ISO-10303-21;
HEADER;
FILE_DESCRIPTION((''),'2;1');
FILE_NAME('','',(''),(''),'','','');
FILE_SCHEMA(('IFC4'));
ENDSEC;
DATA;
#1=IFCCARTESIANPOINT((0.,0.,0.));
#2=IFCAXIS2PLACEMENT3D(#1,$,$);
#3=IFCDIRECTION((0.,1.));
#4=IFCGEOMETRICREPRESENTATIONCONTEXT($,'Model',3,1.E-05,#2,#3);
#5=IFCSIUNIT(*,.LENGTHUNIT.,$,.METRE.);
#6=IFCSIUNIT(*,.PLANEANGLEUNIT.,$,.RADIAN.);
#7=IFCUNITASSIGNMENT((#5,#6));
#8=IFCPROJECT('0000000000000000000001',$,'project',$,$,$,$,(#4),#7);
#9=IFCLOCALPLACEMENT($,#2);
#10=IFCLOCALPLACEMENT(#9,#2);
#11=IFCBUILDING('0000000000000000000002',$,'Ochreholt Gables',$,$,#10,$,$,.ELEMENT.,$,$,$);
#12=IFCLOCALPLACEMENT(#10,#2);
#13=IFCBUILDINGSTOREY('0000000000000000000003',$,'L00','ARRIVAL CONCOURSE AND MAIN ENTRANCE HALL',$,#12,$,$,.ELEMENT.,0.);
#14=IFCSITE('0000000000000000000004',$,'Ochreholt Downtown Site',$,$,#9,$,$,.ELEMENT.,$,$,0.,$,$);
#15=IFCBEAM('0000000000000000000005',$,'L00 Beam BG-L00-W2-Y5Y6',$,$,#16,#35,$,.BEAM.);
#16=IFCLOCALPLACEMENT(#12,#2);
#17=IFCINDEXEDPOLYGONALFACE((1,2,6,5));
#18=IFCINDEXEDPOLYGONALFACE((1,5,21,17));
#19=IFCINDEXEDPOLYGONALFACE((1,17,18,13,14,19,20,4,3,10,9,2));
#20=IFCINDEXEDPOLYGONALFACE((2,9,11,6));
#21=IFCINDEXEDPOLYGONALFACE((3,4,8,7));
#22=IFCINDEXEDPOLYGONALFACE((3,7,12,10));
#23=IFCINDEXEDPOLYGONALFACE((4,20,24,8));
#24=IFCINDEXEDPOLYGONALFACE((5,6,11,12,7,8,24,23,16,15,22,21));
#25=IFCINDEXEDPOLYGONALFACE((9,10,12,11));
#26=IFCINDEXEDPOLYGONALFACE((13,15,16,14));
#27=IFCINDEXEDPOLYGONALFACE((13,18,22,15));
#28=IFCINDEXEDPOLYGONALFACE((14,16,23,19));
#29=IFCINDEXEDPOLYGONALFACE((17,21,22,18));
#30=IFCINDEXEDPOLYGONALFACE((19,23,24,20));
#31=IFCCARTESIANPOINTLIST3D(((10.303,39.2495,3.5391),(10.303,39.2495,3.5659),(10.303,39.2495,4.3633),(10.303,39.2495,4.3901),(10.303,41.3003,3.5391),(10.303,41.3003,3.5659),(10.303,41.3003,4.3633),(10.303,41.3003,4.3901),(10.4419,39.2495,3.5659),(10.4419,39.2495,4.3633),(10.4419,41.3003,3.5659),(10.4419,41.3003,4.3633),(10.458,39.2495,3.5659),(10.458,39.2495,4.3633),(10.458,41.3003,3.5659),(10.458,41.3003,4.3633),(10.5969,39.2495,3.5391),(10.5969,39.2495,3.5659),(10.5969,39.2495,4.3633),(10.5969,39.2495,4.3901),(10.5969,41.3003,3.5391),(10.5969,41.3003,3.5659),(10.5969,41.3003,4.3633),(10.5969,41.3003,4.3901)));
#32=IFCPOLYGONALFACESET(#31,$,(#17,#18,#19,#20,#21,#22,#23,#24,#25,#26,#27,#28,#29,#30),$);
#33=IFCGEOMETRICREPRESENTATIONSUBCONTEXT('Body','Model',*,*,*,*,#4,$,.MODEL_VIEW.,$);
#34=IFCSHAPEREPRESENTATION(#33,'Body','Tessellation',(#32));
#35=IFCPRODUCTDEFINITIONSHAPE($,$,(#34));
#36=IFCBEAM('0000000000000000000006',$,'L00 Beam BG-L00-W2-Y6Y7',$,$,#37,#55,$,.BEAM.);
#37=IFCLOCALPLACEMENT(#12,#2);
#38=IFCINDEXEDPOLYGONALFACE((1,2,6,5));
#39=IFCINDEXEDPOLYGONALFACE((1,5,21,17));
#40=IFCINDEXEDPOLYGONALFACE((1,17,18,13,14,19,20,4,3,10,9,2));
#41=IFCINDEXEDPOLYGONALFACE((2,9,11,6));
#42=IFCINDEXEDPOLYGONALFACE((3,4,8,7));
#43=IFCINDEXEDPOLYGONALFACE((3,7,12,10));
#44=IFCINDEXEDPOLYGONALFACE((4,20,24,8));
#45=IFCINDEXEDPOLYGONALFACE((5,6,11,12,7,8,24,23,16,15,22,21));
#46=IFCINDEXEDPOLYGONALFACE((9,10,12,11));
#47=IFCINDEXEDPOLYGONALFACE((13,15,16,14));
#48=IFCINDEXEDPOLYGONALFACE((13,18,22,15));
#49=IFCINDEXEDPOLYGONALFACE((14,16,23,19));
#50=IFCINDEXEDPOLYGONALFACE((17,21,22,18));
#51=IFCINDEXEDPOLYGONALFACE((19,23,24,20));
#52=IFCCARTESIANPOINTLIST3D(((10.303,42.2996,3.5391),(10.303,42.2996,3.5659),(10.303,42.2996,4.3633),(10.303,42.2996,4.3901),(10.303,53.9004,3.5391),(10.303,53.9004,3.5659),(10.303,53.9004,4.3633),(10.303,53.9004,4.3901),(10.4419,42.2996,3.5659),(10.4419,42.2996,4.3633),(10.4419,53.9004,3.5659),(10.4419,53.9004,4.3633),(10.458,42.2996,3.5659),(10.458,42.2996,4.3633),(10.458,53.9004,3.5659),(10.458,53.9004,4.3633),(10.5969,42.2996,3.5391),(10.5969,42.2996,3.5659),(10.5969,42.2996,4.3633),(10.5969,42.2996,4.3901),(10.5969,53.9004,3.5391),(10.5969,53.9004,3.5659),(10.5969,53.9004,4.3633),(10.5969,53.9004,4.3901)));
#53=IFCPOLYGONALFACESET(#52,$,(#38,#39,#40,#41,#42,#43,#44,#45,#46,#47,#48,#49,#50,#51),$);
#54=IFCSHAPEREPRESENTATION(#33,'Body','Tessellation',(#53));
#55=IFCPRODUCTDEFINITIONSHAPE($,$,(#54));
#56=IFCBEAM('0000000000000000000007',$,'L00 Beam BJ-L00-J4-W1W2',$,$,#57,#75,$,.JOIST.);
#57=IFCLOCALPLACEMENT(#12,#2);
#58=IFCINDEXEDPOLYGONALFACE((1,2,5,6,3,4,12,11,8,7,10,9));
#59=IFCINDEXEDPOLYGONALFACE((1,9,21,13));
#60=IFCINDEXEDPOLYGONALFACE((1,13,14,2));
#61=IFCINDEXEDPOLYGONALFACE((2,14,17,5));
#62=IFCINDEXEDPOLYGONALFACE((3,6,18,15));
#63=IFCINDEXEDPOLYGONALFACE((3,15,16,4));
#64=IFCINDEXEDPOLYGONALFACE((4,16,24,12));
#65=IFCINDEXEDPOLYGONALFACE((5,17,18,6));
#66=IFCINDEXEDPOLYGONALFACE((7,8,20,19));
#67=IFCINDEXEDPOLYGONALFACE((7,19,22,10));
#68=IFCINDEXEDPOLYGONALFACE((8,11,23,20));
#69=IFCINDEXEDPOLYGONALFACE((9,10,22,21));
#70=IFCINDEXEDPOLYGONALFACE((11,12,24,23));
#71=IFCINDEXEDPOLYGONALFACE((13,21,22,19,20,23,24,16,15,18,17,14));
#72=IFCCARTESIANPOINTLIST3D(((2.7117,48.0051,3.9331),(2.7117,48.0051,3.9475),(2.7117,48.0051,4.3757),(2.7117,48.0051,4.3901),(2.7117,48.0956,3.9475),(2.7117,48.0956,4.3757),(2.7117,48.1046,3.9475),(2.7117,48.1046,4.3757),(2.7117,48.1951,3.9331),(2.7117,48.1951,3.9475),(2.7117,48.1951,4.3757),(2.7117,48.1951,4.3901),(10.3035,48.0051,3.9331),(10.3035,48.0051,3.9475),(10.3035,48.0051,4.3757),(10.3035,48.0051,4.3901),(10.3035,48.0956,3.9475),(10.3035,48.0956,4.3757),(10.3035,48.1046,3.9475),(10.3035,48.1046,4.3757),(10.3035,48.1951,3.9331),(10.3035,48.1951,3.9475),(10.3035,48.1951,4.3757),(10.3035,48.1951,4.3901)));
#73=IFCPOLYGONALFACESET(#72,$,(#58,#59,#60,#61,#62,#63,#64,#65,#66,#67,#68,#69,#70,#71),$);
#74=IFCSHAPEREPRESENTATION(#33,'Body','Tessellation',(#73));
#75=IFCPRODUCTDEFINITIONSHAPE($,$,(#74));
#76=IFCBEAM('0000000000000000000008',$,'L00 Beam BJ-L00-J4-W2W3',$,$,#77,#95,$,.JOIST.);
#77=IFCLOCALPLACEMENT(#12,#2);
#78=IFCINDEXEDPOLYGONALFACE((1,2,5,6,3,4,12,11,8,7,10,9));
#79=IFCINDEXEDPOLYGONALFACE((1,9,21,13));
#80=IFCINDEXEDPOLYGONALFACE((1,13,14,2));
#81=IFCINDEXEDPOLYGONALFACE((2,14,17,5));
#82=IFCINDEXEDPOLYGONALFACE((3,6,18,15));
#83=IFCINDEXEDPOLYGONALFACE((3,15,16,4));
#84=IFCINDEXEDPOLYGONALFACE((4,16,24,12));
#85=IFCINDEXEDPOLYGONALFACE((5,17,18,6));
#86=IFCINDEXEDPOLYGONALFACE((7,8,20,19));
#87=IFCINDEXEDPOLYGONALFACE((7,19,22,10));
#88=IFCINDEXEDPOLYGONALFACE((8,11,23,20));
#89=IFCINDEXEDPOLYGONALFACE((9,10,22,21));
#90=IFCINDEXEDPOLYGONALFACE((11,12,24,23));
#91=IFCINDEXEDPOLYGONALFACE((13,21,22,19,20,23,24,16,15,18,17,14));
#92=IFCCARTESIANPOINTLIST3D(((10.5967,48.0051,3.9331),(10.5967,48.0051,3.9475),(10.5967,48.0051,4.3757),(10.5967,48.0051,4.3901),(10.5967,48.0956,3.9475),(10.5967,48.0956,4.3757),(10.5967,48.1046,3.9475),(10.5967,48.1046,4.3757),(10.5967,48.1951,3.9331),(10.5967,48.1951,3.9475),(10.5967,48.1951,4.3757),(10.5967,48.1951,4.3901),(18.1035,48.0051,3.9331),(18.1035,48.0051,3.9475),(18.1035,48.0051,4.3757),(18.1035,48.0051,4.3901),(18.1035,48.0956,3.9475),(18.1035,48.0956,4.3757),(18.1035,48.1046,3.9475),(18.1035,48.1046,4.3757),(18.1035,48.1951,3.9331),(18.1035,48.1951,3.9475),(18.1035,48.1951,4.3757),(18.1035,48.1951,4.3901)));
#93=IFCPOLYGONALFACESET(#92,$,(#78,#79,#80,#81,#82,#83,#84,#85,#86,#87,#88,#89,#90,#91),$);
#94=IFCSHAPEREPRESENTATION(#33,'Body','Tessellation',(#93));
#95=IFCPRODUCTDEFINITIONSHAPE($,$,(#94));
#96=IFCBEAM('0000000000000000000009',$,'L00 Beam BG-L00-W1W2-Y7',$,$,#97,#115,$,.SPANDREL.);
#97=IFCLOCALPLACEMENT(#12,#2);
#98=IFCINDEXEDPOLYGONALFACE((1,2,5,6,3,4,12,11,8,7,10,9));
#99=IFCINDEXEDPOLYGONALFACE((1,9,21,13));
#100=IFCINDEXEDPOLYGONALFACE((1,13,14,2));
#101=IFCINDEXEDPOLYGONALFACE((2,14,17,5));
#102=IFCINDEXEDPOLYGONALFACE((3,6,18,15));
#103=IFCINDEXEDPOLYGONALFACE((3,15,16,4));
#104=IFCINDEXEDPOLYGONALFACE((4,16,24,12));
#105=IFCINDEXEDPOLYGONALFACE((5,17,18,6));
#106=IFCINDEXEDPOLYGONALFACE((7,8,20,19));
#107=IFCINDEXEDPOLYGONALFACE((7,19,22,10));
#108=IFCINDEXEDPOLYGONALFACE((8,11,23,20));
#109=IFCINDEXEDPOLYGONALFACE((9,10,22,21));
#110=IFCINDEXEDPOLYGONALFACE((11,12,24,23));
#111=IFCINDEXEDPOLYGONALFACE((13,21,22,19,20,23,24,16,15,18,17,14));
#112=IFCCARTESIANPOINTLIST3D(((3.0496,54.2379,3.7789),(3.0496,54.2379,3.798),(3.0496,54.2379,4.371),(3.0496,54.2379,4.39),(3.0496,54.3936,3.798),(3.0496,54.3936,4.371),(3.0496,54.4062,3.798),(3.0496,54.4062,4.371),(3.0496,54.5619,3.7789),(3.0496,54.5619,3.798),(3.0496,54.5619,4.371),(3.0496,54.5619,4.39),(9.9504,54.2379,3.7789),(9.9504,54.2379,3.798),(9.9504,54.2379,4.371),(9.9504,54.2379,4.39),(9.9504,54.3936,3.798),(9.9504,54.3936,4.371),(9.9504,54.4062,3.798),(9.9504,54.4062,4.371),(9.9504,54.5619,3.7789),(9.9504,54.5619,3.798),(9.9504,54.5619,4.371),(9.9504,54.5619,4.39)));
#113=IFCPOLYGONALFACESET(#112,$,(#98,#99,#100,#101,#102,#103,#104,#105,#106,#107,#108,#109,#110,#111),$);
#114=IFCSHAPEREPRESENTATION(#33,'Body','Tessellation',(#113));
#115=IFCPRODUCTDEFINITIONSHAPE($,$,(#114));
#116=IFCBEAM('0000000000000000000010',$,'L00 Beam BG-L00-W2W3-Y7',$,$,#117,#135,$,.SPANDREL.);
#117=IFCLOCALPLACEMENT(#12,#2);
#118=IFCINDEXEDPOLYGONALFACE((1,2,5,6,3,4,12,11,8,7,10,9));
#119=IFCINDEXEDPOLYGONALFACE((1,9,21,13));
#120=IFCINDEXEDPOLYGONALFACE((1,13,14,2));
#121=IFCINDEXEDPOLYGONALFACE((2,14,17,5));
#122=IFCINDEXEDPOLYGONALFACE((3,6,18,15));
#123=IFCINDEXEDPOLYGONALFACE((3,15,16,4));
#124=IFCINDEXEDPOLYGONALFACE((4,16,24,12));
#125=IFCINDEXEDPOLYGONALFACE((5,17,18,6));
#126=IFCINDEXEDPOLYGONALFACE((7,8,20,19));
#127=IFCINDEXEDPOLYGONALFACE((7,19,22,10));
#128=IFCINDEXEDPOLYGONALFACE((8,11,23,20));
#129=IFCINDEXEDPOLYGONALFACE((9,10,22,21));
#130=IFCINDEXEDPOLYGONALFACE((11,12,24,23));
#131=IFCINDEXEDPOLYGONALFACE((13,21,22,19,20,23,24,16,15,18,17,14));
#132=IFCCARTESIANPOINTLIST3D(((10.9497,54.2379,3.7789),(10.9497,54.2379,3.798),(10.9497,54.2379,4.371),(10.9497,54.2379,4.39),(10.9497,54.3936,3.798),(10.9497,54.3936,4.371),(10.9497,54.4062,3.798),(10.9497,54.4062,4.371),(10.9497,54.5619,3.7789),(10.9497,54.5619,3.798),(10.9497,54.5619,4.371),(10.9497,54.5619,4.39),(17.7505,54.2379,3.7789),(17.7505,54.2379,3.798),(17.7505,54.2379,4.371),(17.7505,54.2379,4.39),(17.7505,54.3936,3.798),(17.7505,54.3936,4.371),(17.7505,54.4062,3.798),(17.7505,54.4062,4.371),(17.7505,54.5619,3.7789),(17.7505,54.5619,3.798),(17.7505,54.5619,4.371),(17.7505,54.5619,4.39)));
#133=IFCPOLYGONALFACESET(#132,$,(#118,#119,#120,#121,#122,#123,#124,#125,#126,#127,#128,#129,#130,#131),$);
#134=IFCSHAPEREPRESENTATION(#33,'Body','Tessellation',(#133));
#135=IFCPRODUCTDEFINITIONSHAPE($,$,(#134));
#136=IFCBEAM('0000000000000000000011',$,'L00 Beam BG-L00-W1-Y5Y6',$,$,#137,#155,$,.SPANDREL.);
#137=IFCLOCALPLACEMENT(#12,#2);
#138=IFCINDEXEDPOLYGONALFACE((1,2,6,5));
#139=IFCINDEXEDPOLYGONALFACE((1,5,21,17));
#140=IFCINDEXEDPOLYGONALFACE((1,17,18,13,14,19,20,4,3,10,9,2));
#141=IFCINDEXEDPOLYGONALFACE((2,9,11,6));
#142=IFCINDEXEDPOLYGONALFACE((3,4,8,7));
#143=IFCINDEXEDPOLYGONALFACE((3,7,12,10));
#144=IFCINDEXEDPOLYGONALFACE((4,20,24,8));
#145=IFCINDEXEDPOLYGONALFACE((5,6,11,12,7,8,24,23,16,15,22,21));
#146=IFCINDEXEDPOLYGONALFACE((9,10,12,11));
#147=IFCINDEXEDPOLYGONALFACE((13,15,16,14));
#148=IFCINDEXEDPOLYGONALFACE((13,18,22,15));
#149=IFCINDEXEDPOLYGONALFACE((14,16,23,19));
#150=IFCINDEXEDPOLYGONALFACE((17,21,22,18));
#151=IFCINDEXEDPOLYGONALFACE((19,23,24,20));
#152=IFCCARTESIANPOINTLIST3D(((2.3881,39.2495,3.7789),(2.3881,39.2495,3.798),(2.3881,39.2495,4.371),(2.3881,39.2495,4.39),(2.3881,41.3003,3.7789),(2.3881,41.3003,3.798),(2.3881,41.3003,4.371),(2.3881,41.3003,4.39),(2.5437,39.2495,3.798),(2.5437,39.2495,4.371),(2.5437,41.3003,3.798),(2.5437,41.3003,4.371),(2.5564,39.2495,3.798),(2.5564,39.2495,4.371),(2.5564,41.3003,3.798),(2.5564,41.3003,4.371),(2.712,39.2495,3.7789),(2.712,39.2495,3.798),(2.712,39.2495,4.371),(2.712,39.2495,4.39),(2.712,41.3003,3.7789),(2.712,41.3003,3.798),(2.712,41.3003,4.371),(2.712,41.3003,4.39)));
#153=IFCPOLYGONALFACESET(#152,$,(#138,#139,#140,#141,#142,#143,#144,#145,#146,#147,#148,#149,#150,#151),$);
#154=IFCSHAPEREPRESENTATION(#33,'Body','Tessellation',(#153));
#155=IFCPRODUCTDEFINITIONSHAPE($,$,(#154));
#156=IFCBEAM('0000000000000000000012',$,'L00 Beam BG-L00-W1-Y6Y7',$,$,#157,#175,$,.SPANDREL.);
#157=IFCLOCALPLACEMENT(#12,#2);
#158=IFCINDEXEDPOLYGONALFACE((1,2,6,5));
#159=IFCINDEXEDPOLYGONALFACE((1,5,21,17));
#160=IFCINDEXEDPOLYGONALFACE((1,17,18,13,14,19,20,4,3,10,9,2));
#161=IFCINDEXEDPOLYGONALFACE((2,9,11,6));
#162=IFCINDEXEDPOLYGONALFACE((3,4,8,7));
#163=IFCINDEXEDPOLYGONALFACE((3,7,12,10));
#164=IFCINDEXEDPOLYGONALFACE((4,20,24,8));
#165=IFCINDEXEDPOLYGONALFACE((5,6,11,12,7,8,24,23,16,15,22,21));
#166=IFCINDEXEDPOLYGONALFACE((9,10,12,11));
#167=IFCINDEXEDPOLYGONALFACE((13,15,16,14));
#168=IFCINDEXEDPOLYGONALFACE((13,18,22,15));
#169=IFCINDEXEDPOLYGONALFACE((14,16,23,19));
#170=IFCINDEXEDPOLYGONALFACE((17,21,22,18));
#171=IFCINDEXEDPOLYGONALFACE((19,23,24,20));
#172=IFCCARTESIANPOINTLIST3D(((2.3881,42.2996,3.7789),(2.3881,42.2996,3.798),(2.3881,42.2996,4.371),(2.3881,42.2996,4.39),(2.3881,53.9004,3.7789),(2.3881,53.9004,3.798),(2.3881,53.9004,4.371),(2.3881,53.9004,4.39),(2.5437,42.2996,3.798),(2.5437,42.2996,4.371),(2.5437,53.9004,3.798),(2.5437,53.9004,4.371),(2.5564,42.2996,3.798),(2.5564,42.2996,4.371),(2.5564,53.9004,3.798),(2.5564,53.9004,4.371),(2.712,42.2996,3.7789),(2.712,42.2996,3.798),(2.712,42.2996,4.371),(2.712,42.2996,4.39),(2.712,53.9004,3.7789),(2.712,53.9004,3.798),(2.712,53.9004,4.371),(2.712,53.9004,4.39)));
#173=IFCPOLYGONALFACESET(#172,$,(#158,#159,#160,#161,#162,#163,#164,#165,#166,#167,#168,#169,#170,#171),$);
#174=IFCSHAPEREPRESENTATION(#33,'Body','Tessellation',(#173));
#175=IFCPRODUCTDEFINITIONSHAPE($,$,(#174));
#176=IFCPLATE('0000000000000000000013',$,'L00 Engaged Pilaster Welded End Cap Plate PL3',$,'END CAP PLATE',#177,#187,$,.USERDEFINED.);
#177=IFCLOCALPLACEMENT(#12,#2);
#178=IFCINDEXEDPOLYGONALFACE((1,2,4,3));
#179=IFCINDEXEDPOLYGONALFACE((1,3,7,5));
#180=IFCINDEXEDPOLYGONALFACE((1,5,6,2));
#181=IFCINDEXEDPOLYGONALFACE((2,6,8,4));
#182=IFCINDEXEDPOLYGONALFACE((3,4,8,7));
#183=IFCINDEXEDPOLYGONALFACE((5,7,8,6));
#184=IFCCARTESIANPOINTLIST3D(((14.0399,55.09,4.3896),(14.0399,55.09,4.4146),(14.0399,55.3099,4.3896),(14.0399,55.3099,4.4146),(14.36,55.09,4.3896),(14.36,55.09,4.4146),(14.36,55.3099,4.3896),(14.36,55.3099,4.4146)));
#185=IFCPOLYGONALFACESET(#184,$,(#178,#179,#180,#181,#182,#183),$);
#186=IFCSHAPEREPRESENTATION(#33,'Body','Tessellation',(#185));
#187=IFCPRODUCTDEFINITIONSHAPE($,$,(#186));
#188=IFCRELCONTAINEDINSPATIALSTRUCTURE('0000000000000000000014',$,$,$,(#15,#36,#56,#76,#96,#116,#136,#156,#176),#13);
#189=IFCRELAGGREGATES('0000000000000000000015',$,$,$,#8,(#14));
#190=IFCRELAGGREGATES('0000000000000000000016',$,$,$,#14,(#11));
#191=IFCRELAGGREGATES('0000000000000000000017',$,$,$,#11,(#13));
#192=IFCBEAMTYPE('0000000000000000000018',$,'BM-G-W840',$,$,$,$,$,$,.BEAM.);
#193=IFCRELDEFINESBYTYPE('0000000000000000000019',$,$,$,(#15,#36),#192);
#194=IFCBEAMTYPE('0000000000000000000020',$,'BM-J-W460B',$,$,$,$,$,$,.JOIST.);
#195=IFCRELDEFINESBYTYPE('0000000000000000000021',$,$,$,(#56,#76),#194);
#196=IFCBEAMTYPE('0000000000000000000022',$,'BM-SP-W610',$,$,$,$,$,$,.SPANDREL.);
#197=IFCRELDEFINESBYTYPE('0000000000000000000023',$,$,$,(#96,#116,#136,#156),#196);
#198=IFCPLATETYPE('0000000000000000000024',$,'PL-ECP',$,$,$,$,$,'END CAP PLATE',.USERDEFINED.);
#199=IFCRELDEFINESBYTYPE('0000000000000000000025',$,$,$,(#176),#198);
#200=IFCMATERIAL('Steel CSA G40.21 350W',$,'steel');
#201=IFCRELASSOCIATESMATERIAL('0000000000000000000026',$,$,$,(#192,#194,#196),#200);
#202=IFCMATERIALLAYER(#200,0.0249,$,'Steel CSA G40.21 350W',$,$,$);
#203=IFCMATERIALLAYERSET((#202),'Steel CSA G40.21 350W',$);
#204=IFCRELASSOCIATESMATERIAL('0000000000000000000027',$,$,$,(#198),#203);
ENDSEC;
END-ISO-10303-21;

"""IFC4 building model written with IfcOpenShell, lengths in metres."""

from ifc_helpers import new_model, si_unit, direction, frame, origin, origin_2d, place, context, subcontext, project, spatial, rectangle, i_section, extrude, material, layer, layer_set, material_profile, profile_set, type_object, element, save


model = new_model("IFC4")

# Units and contexts
model_context = context("Model", 3, precision=1e-05, world=origin(), true_north=direction((0.0, 1.0)))
body_context = subcontext(model_context, "Body", "Model", "MODEL_VIEW")
ifc_project = project(units=[si_unit("LENGTHUNIT", "METRE"), si_unit("PLANEANGLEUNIT", "RADIAN")], contexts=[model_context])

# Site, building, storey
site_placement = place(None, origin())
site = spatial("IfcSite", under=ifc_project, at=site_placement, Name="Ochreholt Downtown Site", CompositionType="ELEMENT", RefElevation=0.0)
building_placement = place(site_placement, origin())
building = spatial("IfcBuilding", under=site, at=building_placement, Name="Ochreholt Gables", CompositionType="ELEMENT")
storey_placement = place(building_placement, origin())
storey = spatial("IfcBuildingStorey", under=building, at=storey_placement, Name="L00", Description="ARRIVAL CONCOURSE AND MAIN ENTRANCE HALL", CompositionType="ELEMENT", Elevation=0.0)

# Shared definitions
ifc_material_1 = material(Name="Steel CSA G40.21 350W", Category="steel")

# Beams
ifc_material_profile_1 = material_profile(ifc_material_1, i_section(OverallWidth=0.2939, OverallDepth=0.8511, WebThickness=0.0161, FlangeThickness=0.0269, at=origin_2d()), Name="W840X226")
ifc_profile_set_1 = profile_set([ifc_material_profile_1], Name="Steel CSA G40.21 350W")
beam_type_1 = type_object("IfcBeamType", Name="BM-G-W840", PredefinedType="BEAM", material=ifc_profile_set_1)
beam_1_placement = place(storey_placement, frame((10.45, 39.2495, 3.9646), z_axis=(0.0, 1.0, 0.0), x_axis=(-1.0, 0.0, 0.0)))
element("IfcBeam", 1, at=beam_1_placement, inside=storey, type_object=beam_type_1, Name="L00 Beam BG-L00-W2-Y5Y6", PredefinedType="BEAM", context=body_context, shape_type="SweptSolid", body=[
    extrude(i_section(OverallWidth=0.2939, OverallDepth=0.8511, WebThickness=0.0161, FlangeThickness=0.0269, at=origin_2d()), origin(), (0.0, 0.0, 1.0), 2.0508),
])
beam_2_placement = place(storey_placement, frame((10.45, 42.2996, 3.9646), z_axis=(0.0, 1.0, 0.0), x_axis=(-1.0, 0.0, 0.0)))
element("IfcBeam", 2, at=beam_2_placement, inside=storey, type_object=beam_type_1, Name="L00 Beam BG-L00-W2-Y6Y7", PredefinedType="BEAM", context=body_context, shape_type="SweptSolid", body=[
    extrude(i_section(OverallWidth=0.2939, OverallDepth=0.8511, WebThickness=0.0161, FlangeThickness=0.0269, at=origin_2d()), origin(), (0.0, 0.0, 1.0), 11.6008),
])
ifc_material_profile_2 = material_profile(ifc_material_1, i_section(OverallWidth=0.1899, OverallDepth=0.457, WebThickness=0.009, FlangeThickness=0.0144, at=origin_2d()), Name="W460X74")
ifc_profile_set_2 = profile_set([ifc_material_profile_2], Name="Steel CSA G40.21 350W")
beam_type_2 = type_object("IfcBeamType", Name="BM-J-W460B", PredefinedType="JOIST", material=ifc_profile_set_2)
beam_3_placement = place(storey_placement, frame((2.7117, 48.1001, 4.1616), z_axis=(1.0, 0.0, 0.0), x_axis=(0.0, 1.0, 0.0)))
element("IfcBeam", 3, at=beam_3_placement, inside=storey, type_object=beam_type_2, Name="L00 Beam BJ-L00-J4-W1W2", PredefinedType="JOIST", context=body_context, shape_type="SweptSolid", body=[
    extrude(i_section(OverallWidth=0.1899, OverallDepth=0.457, WebThickness=0.009, FlangeThickness=0.0144, at=origin_2d()), origin(), (0.0, 0.0, 1.0), 7.5918),
])
beam_4_placement = place(storey_placement, frame((10.5967, 48.1001, 4.1616), z_axis=(1.0, 0.0, 0.0), x_axis=(0.0, 1.0, 0.0)))
element("IfcBeam", 4, at=beam_4_placement, inside=storey, type_object=beam_type_2, Name="L00 Beam BJ-L00-J4-W2W3", PredefinedType="JOIST", context=body_context, shape_type="SweptSolid", body=[
    extrude(i_section(OverallWidth=0.1899, OverallDepth=0.457, WebThickness=0.009, FlangeThickness=0.0144, at=origin_2d()), origin(), (0.0, 0.0, 1.0), 7.5068),
])
ifc_material_profile_3 = material_profile(ifc_material_1, i_section(OverallWidth=0.324, OverallDepth=0.6111, WebThickness=0.0127, FlangeThickness=0.019, at=origin_2d()), Name="W610X155")
ifc_profile_set_3 = profile_set([ifc_material_profile_3], Name="Steel CSA G40.21 350W")
beam_type_3 = type_object("IfcBeamType", Name="BM-SP-W610", PredefinedType="SPANDREL", material=ifc_profile_set_3)
beam_5_placement = place(storey_placement, frame((3.0496, 54.3999, 4.0845), z_axis=(1.0, 0.0, 0.0), x_axis=(0.0, 1.0, 0.0)))
element("IfcBeam", 5, at=beam_5_placement, inside=storey, type_object=beam_type_3, Name="L00 Beam BG-L00-W1W2-Y7", PredefinedType="SPANDREL", context=body_context, shape_type="SweptSolid", body=[
    extrude(i_section(OverallWidth=0.324, OverallDepth=0.6111, WebThickness=0.0127, FlangeThickness=0.019, at=origin_2d()), origin(), (0.0, 0.0, 1.0), 6.9009),
])
beam_6_placement = place(storey_placement, frame((10.9497, 54.3999, 4.0845), z_axis=(1.0, 0.0, 0.0), x_axis=(0.0, 1.0, 0.0)))
element("IfcBeam", 6, at=beam_6_placement, inside=storey, type_object=beam_type_3, Name="L00 Beam BG-L00-W2W3-Y7", PredefinedType="SPANDREL", context=body_context, shape_type="SweptSolid", body=[
    extrude(i_section(OverallWidth=0.324, OverallDepth=0.6111, WebThickness=0.0127, FlangeThickness=0.019, at=origin_2d()), origin(), (0.0, 0.0, 1.0), 6.8008),
])
beam_7_placement = place(storey_placement, frame((2.55, 39.2495, 4.0845), z_axis=(0.0, 1.0, 0.0), x_axis=(-1.0, 0.0, 0.0)))
element("IfcBeam", 7, at=beam_7_placement, inside=storey, type_object=beam_type_3, Name="L00 Beam BG-L00-W1-Y5Y6", PredefinedType="SPANDREL", context=body_context, shape_type="SweptSolid", body=[
    extrude(i_section(OverallWidth=0.324, OverallDepth=0.6111, WebThickness=0.0127, FlangeThickness=0.019, at=origin_2d()), origin(), (0.0, 0.0, 1.0), 2.0508),
])
beam_8_placement = place(storey_placement, frame((2.55, 42.2996, 4.0845), z_axis=(0.0, 1.0, 0.0), x_axis=(-1.0, 0.0, 0.0)))
element("IfcBeam", 8, at=beam_8_placement, inside=storey, type_object=beam_type_3, Name="L00 Beam BG-L00-W1-Y6Y7", PredefinedType="SPANDREL", context=body_context, shape_type="SweptSolid", body=[
    extrude(i_section(OverallWidth=0.324, OverallDepth=0.6111, WebThickness=0.0127, FlangeThickness=0.019, at=origin_2d()), origin(), (0.0, 0.0, 1.0), 11.6008),
])

# Plate
ifc_layer_1 = layer(ifc_material_1, 0.0249, Name="Steel CSA G40.21 350W")
ifc_layer_set_1 = layer_set([ifc_layer_1], Name="Steel CSA G40.21 350W")
plate_type = type_object("IfcPlateType", Name="PL-ECP", ElementType="END CAP PLATE", PredefinedType="USERDEFINED", material=ifc_layer_set_1)
plate_placement = place(storey_placement, frame((14.2, 55.2, 4.3896), z_axis=(0.0, 0.0, 1.0), x_axis=(1.0, 0.0, 0.0)))
element("IfcPlate", 9, at=plate_placement, inside=storey, type_object=plate_type, Name="L00 Engaged Pilaster Welded End Cap Plate PL3", ObjectType="END CAP PLATE", PredefinedType="USERDEFINED", context=body_context, shape_type="SweptSolid", body=[
    extrude(rectangle(XDim=0.3201, YDim=0.22, at=origin_2d()), origin(), (0.0, 0.0, 1.0), 0.0249),
])

save(model, "model.ifc")
